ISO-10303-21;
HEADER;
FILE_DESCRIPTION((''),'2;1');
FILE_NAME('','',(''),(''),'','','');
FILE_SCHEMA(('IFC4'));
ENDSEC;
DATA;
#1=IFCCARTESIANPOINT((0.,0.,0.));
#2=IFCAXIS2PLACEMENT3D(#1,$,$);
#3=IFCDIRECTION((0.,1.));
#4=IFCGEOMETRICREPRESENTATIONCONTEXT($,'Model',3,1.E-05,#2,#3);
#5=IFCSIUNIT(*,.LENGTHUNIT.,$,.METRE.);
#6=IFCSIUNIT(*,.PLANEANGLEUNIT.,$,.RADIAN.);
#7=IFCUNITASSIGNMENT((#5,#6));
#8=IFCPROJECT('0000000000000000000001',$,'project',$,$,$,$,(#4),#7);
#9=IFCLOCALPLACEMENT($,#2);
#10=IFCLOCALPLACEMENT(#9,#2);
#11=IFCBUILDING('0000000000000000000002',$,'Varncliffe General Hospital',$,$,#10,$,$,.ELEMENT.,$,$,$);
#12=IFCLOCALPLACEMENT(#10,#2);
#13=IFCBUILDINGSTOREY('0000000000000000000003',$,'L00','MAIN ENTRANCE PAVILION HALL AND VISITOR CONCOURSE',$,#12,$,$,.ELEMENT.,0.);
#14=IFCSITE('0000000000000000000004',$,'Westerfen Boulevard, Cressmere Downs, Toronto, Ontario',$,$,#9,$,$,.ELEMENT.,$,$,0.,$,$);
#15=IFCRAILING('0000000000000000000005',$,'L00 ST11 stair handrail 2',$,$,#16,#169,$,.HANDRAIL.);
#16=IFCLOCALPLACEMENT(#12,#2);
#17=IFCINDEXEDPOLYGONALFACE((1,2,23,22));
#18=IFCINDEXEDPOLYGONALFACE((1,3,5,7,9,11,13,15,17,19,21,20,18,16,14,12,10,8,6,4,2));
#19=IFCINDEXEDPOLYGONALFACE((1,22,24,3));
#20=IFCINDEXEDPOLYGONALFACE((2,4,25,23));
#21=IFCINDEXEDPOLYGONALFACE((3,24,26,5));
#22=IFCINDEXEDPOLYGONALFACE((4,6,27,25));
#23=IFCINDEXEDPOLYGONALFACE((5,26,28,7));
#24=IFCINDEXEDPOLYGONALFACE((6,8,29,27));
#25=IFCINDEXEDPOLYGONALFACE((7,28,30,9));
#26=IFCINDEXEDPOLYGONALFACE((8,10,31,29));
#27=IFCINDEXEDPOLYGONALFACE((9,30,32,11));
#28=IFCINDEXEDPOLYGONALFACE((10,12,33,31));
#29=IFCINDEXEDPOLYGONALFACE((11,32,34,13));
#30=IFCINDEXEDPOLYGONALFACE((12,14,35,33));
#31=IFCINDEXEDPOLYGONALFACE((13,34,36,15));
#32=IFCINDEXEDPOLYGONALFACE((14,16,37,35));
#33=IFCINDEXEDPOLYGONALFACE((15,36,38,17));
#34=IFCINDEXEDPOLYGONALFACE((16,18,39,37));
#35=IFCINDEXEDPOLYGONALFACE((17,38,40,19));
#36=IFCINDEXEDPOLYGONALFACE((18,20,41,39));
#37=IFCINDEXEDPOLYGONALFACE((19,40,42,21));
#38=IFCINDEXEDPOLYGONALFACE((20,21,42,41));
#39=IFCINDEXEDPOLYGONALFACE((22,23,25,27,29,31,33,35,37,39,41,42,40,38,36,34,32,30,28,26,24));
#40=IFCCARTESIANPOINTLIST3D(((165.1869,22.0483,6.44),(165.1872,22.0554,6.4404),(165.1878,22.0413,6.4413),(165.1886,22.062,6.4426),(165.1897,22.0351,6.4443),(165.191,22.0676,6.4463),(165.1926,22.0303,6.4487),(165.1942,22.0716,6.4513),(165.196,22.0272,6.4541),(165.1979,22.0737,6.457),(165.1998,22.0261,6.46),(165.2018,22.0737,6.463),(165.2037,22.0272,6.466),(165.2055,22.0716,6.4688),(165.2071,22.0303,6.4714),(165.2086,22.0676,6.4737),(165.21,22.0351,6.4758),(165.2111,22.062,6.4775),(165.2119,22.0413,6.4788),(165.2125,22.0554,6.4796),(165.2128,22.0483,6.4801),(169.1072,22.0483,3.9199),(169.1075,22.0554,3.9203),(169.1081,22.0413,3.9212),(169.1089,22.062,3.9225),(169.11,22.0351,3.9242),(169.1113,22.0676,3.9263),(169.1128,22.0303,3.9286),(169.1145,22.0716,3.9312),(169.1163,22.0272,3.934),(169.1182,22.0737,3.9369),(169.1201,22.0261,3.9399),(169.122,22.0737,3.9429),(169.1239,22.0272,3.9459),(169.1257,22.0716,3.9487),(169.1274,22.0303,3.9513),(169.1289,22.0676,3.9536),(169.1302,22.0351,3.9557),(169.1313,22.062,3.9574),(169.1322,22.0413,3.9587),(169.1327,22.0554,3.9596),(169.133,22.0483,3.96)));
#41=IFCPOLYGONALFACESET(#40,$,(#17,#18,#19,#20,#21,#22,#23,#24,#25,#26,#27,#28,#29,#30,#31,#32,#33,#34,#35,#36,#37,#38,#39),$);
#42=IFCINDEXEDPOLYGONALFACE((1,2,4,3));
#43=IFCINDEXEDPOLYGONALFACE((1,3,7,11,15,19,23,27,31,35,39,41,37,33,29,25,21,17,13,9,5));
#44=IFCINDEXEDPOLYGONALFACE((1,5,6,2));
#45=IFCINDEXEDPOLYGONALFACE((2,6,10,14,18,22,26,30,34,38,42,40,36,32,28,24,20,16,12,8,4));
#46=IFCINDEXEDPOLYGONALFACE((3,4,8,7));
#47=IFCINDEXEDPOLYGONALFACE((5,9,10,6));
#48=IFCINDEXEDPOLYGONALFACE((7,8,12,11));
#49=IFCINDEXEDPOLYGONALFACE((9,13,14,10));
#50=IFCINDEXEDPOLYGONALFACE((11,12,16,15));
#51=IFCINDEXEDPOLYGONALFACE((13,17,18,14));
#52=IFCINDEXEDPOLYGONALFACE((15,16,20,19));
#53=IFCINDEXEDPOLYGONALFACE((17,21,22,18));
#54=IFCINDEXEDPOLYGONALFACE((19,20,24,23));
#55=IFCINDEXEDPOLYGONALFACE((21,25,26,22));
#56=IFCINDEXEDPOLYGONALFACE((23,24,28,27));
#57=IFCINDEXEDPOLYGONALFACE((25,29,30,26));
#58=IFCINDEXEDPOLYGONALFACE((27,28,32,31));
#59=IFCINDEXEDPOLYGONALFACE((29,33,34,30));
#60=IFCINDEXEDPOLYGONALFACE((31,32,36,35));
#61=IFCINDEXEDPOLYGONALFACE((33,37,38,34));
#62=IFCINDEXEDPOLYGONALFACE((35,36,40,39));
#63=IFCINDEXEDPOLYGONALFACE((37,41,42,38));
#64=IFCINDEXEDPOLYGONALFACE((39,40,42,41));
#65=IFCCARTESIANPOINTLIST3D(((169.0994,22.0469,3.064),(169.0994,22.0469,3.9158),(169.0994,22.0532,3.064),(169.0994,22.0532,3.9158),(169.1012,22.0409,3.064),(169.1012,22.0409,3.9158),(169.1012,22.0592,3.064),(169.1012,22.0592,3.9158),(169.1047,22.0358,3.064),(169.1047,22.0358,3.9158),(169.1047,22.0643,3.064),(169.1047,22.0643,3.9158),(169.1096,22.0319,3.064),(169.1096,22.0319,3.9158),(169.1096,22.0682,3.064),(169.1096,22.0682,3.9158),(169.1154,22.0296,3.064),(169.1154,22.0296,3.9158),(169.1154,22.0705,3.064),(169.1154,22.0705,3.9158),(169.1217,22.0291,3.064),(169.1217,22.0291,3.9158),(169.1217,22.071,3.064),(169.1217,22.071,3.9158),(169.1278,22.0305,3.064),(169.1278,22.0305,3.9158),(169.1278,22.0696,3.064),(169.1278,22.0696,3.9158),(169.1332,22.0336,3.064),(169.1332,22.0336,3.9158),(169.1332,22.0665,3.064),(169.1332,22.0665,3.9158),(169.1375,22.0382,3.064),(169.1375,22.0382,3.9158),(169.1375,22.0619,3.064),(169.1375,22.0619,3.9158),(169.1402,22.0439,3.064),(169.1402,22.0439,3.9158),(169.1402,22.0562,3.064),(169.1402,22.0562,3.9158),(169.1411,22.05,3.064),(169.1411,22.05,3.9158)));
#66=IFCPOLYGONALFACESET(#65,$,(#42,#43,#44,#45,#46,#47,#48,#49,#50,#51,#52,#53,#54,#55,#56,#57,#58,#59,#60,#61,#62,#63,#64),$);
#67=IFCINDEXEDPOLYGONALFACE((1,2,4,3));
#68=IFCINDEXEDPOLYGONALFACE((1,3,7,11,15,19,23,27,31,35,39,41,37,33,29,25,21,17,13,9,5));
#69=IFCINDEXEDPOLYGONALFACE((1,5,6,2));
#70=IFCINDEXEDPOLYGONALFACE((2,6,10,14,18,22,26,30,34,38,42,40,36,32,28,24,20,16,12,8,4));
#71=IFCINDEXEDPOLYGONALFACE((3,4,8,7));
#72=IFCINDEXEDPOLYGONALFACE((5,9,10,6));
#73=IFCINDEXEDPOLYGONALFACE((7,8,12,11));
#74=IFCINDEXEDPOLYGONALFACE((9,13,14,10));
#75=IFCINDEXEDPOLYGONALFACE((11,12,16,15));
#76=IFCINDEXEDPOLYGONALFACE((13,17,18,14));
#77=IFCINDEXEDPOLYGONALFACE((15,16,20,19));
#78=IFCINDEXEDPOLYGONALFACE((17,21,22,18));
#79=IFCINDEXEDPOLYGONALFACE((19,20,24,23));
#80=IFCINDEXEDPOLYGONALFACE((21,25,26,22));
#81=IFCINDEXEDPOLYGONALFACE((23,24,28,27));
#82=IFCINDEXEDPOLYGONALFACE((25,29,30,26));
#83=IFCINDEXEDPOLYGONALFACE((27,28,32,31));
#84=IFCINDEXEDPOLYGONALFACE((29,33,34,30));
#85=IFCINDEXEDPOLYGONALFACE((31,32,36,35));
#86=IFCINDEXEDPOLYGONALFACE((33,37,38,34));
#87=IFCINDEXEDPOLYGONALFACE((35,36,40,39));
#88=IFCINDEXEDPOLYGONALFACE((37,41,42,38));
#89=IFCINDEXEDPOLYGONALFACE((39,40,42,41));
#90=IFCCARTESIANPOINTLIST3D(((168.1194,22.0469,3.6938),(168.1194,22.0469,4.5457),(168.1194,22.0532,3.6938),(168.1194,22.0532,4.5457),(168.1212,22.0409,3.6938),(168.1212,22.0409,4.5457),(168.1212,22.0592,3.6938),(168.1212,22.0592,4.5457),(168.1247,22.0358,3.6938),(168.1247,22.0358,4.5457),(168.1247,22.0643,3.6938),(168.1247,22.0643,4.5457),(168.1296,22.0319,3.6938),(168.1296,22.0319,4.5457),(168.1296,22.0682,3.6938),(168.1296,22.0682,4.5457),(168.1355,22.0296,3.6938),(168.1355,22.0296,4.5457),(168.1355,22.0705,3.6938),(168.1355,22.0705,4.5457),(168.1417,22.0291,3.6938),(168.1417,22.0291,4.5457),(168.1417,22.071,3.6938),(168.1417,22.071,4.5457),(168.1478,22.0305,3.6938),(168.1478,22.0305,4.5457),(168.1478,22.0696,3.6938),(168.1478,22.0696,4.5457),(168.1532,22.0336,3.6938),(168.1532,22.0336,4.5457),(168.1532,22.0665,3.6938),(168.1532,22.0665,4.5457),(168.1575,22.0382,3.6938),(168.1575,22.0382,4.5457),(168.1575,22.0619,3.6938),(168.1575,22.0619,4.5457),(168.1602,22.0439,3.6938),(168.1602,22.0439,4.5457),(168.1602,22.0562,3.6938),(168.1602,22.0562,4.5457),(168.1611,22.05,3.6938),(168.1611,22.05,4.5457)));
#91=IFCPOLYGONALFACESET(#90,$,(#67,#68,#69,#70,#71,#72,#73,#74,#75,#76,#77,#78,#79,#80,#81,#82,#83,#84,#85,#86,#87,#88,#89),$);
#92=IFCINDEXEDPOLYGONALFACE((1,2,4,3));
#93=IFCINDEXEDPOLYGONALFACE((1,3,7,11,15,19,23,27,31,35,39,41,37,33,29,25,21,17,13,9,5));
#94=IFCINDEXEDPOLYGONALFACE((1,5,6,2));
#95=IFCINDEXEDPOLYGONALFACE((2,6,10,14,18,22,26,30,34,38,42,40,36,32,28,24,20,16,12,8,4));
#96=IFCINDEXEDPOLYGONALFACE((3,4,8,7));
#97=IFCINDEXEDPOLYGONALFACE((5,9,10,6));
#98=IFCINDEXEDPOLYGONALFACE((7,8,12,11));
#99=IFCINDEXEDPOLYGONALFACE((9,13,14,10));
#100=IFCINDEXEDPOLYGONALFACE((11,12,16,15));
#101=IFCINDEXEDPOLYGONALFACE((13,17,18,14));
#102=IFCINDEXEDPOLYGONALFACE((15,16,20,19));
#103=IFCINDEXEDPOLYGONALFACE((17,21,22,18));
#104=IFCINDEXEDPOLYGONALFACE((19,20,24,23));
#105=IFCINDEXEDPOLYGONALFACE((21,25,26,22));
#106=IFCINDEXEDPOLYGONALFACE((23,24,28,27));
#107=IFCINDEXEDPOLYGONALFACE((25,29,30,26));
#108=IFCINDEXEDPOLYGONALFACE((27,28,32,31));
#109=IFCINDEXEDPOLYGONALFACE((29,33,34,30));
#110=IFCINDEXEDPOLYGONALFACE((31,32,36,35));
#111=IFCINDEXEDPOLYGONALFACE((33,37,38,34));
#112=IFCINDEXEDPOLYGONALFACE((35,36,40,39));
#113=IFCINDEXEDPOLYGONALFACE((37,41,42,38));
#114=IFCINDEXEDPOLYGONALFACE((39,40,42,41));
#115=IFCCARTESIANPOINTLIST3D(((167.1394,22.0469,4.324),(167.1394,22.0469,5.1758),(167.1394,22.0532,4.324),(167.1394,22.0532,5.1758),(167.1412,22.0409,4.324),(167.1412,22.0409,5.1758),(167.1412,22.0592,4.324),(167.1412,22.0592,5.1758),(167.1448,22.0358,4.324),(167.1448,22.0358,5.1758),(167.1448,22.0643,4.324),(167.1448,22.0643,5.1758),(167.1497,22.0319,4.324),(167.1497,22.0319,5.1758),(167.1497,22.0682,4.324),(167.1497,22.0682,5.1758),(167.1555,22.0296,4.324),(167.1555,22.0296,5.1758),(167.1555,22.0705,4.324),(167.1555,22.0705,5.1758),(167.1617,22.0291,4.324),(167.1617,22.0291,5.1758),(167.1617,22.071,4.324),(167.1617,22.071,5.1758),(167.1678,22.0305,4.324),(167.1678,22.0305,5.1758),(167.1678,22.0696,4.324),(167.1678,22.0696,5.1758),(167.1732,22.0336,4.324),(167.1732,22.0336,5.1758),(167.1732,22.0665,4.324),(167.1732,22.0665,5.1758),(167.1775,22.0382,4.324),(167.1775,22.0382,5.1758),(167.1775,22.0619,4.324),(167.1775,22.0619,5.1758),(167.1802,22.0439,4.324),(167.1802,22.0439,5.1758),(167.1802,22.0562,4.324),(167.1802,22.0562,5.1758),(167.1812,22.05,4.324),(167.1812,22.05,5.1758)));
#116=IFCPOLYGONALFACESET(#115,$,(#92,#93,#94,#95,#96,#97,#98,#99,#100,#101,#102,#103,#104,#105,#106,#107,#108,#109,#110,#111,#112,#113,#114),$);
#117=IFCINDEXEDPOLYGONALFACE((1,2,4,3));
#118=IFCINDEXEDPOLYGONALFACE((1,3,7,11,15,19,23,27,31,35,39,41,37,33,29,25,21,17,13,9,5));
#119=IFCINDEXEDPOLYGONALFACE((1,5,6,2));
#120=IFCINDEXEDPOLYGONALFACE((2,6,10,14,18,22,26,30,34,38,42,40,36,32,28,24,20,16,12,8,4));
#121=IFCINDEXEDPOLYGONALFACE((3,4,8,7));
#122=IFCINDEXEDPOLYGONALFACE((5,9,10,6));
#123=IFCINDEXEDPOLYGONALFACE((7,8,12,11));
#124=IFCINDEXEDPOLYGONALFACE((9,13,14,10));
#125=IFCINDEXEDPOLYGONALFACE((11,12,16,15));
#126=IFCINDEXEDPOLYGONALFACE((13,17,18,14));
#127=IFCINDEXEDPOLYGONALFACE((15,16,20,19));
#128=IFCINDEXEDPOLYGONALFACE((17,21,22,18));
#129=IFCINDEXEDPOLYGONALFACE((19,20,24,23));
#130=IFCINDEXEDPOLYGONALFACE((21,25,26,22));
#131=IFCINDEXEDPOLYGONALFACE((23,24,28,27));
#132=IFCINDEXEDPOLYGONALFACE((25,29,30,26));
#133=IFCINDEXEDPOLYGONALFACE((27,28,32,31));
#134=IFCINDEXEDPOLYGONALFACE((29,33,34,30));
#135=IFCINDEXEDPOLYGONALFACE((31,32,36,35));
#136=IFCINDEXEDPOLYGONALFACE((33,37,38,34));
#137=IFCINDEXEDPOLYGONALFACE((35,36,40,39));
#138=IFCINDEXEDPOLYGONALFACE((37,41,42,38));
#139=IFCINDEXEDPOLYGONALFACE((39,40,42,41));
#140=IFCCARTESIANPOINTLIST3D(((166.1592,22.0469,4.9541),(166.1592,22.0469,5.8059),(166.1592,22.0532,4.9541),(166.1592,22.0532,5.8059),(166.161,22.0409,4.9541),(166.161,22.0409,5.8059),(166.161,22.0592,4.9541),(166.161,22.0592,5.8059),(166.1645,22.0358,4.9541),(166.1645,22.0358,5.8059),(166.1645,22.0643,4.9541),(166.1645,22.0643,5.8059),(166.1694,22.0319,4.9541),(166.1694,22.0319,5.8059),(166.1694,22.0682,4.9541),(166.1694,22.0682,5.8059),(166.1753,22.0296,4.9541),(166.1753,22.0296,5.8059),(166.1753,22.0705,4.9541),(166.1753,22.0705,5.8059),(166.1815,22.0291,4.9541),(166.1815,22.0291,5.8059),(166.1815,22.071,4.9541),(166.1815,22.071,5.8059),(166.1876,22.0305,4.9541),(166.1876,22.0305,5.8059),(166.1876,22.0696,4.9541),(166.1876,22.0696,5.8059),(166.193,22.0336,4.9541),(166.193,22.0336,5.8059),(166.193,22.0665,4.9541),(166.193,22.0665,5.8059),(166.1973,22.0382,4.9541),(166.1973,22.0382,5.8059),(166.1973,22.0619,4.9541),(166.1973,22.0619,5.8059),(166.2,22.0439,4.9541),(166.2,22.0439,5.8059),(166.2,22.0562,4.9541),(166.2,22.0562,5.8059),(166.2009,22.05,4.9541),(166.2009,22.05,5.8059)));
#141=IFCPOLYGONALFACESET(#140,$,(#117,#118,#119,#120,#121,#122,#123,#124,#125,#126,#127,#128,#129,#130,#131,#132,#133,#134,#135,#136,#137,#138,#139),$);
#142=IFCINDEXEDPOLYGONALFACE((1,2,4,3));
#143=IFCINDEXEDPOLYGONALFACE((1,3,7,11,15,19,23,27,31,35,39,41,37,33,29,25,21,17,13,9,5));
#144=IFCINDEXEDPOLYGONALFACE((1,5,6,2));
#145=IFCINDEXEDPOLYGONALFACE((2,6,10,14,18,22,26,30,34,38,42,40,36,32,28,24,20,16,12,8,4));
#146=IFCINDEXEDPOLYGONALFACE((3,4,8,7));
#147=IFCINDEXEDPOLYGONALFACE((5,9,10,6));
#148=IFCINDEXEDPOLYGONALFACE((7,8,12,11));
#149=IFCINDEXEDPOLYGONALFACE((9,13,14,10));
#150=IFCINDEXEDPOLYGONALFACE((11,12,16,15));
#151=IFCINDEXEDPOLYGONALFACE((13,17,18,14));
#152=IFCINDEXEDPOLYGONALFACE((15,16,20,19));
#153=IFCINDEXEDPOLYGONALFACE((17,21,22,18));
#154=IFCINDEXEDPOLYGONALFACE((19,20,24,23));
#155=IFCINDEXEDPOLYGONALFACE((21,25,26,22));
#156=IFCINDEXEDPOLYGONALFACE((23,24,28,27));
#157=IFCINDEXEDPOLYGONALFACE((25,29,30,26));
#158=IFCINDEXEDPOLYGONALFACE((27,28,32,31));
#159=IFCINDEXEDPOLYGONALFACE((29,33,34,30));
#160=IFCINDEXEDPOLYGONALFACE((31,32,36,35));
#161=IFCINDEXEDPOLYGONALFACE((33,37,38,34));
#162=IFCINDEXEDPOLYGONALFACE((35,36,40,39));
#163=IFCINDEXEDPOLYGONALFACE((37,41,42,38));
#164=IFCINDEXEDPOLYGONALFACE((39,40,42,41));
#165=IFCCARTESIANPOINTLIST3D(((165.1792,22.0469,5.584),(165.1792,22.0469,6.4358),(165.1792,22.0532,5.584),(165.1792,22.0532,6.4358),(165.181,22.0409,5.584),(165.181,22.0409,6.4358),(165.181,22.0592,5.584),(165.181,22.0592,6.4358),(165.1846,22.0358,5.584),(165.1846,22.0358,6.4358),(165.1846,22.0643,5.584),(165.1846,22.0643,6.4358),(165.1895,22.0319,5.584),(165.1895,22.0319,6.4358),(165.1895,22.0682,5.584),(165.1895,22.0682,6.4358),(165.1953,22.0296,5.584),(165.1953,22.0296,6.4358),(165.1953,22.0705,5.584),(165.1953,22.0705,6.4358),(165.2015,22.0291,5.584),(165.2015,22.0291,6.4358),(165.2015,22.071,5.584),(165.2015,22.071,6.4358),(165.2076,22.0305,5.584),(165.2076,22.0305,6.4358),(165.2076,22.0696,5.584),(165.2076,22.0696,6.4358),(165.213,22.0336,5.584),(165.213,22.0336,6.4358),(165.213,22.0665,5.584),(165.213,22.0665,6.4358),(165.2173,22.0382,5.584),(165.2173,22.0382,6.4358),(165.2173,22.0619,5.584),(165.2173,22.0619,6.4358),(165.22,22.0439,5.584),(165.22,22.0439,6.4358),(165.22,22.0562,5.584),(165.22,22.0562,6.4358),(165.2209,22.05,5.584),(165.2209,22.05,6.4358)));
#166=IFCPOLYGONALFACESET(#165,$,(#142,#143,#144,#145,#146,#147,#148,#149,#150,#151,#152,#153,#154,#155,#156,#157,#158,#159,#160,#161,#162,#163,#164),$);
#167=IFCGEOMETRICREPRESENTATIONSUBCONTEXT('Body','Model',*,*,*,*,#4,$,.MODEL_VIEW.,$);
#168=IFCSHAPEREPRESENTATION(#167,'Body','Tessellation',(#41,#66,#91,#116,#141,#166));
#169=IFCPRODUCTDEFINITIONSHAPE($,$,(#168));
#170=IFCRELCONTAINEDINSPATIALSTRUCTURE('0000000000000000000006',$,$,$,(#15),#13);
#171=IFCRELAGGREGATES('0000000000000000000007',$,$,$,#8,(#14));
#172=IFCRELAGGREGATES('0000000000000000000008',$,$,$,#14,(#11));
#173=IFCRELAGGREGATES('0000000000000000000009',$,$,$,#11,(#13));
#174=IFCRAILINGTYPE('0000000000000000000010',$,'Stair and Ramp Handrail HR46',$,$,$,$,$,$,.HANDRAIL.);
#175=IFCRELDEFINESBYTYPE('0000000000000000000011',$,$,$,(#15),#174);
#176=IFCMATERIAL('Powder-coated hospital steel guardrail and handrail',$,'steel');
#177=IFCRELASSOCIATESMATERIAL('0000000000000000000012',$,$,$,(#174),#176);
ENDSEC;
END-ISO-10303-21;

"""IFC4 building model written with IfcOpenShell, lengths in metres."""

from ifc_helpers import new_model, si_unit, direction, frame, origin, origin_2d, place, context, subcontext, project, spatial, circle, extrude, material, type_object, element, save


model = new_model("IFC4")

# Units and contexts
model_context = context("Model", 3, precision=1e-05, world=origin(), true_north=direction((0.0, 1.0)))
body_context = subcontext(model_context, "Body", "Model", "MODEL_VIEW")
ifc_project = project(units=[si_unit("LENGTHUNIT", "METRE"), si_unit("PLANEANGLEUNIT", "RADIAN")], contexts=[model_context])

# Site, building, storey
site_placement = place(None, origin())
site = spatial("IfcSite", under=ifc_project, at=site_placement, Name="Westerfen Boulevard, Cressmere Downs, Toronto, Ontario", CompositionType="ELEMENT", RefElevation=0.0)
building_placement = place(site_placement, origin())
building = spatial("IfcBuilding", under=site, at=building_placement, Name="Varncliffe General Hospital", CompositionType="ELEMENT")
storey_placement = place(building_placement, origin())
storey = spatial("IfcBuildingStorey", under=building, at=storey_placement, Name="L00", Description="MAIN ENTRANCE PAVILION HALL AND VISITOR CONCOURSE", CompositionType="ELEMENT", Elevation=0.0)

# Railing
ifc_material_1 = material(Name="Powder-coated hospital steel guardrail and handrail", Category="steel")
railing_type_1 = type_object("IfcRailingType", Name="Stair and Ramp Handrail HR46", PredefinedType="HANDRAIL", material=ifc_material_1)
railing_1_placement = place(storey_placement, frame((169.1201, 22.05, 3.064)))
element("IfcRailing", 1, at=railing_1_placement, inside=storey, type_object=railing_type_1, Name="L00 ST11 stair handrail 2", PredefinedType="HANDRAIL", context=body_context, shape_type="SweptSolid", body=[
    extrude(circle(Radius=0.0239, at=origin_2d()), frame((0.0, 0.0, 0.876), z_axis=(-0.841187, 0.0, 0.540744), x_axis=(0.0, -1.0, 0.0)), (0.0, 0.0, 1.0), 4.6604),
    extrude(circle(Radius=0.021, at=origin_2d()), origin(), (0.0, 0.0, 1.0), 0.8518),
    extrude(circle(Radius=0.021, at=origin_2d()), frame((-0.98, 0.0, 0.6299)), (0.0, 0.0, 1.0), 0.8518),
    extrude(circle(Radius=0.021, at=origin_2d()), frame((-1.96, 0.0, 1.26)), (0.0, 0.0, 1.0), 0.8518),
    extrude(circle(Radius=0.021, at=origin_2d()), frame((-2.9402, 0.0, 1.8901)), (0.0, 0.0, 1.0), 0.8518),
    extrude(circle(Radius=0.021, at=origin_2d()), frame((-3.9202, 0.0, 2.52)), (0.0, 0.0, 1.0), 0.8518),
])

save(model, "model.ifc")
